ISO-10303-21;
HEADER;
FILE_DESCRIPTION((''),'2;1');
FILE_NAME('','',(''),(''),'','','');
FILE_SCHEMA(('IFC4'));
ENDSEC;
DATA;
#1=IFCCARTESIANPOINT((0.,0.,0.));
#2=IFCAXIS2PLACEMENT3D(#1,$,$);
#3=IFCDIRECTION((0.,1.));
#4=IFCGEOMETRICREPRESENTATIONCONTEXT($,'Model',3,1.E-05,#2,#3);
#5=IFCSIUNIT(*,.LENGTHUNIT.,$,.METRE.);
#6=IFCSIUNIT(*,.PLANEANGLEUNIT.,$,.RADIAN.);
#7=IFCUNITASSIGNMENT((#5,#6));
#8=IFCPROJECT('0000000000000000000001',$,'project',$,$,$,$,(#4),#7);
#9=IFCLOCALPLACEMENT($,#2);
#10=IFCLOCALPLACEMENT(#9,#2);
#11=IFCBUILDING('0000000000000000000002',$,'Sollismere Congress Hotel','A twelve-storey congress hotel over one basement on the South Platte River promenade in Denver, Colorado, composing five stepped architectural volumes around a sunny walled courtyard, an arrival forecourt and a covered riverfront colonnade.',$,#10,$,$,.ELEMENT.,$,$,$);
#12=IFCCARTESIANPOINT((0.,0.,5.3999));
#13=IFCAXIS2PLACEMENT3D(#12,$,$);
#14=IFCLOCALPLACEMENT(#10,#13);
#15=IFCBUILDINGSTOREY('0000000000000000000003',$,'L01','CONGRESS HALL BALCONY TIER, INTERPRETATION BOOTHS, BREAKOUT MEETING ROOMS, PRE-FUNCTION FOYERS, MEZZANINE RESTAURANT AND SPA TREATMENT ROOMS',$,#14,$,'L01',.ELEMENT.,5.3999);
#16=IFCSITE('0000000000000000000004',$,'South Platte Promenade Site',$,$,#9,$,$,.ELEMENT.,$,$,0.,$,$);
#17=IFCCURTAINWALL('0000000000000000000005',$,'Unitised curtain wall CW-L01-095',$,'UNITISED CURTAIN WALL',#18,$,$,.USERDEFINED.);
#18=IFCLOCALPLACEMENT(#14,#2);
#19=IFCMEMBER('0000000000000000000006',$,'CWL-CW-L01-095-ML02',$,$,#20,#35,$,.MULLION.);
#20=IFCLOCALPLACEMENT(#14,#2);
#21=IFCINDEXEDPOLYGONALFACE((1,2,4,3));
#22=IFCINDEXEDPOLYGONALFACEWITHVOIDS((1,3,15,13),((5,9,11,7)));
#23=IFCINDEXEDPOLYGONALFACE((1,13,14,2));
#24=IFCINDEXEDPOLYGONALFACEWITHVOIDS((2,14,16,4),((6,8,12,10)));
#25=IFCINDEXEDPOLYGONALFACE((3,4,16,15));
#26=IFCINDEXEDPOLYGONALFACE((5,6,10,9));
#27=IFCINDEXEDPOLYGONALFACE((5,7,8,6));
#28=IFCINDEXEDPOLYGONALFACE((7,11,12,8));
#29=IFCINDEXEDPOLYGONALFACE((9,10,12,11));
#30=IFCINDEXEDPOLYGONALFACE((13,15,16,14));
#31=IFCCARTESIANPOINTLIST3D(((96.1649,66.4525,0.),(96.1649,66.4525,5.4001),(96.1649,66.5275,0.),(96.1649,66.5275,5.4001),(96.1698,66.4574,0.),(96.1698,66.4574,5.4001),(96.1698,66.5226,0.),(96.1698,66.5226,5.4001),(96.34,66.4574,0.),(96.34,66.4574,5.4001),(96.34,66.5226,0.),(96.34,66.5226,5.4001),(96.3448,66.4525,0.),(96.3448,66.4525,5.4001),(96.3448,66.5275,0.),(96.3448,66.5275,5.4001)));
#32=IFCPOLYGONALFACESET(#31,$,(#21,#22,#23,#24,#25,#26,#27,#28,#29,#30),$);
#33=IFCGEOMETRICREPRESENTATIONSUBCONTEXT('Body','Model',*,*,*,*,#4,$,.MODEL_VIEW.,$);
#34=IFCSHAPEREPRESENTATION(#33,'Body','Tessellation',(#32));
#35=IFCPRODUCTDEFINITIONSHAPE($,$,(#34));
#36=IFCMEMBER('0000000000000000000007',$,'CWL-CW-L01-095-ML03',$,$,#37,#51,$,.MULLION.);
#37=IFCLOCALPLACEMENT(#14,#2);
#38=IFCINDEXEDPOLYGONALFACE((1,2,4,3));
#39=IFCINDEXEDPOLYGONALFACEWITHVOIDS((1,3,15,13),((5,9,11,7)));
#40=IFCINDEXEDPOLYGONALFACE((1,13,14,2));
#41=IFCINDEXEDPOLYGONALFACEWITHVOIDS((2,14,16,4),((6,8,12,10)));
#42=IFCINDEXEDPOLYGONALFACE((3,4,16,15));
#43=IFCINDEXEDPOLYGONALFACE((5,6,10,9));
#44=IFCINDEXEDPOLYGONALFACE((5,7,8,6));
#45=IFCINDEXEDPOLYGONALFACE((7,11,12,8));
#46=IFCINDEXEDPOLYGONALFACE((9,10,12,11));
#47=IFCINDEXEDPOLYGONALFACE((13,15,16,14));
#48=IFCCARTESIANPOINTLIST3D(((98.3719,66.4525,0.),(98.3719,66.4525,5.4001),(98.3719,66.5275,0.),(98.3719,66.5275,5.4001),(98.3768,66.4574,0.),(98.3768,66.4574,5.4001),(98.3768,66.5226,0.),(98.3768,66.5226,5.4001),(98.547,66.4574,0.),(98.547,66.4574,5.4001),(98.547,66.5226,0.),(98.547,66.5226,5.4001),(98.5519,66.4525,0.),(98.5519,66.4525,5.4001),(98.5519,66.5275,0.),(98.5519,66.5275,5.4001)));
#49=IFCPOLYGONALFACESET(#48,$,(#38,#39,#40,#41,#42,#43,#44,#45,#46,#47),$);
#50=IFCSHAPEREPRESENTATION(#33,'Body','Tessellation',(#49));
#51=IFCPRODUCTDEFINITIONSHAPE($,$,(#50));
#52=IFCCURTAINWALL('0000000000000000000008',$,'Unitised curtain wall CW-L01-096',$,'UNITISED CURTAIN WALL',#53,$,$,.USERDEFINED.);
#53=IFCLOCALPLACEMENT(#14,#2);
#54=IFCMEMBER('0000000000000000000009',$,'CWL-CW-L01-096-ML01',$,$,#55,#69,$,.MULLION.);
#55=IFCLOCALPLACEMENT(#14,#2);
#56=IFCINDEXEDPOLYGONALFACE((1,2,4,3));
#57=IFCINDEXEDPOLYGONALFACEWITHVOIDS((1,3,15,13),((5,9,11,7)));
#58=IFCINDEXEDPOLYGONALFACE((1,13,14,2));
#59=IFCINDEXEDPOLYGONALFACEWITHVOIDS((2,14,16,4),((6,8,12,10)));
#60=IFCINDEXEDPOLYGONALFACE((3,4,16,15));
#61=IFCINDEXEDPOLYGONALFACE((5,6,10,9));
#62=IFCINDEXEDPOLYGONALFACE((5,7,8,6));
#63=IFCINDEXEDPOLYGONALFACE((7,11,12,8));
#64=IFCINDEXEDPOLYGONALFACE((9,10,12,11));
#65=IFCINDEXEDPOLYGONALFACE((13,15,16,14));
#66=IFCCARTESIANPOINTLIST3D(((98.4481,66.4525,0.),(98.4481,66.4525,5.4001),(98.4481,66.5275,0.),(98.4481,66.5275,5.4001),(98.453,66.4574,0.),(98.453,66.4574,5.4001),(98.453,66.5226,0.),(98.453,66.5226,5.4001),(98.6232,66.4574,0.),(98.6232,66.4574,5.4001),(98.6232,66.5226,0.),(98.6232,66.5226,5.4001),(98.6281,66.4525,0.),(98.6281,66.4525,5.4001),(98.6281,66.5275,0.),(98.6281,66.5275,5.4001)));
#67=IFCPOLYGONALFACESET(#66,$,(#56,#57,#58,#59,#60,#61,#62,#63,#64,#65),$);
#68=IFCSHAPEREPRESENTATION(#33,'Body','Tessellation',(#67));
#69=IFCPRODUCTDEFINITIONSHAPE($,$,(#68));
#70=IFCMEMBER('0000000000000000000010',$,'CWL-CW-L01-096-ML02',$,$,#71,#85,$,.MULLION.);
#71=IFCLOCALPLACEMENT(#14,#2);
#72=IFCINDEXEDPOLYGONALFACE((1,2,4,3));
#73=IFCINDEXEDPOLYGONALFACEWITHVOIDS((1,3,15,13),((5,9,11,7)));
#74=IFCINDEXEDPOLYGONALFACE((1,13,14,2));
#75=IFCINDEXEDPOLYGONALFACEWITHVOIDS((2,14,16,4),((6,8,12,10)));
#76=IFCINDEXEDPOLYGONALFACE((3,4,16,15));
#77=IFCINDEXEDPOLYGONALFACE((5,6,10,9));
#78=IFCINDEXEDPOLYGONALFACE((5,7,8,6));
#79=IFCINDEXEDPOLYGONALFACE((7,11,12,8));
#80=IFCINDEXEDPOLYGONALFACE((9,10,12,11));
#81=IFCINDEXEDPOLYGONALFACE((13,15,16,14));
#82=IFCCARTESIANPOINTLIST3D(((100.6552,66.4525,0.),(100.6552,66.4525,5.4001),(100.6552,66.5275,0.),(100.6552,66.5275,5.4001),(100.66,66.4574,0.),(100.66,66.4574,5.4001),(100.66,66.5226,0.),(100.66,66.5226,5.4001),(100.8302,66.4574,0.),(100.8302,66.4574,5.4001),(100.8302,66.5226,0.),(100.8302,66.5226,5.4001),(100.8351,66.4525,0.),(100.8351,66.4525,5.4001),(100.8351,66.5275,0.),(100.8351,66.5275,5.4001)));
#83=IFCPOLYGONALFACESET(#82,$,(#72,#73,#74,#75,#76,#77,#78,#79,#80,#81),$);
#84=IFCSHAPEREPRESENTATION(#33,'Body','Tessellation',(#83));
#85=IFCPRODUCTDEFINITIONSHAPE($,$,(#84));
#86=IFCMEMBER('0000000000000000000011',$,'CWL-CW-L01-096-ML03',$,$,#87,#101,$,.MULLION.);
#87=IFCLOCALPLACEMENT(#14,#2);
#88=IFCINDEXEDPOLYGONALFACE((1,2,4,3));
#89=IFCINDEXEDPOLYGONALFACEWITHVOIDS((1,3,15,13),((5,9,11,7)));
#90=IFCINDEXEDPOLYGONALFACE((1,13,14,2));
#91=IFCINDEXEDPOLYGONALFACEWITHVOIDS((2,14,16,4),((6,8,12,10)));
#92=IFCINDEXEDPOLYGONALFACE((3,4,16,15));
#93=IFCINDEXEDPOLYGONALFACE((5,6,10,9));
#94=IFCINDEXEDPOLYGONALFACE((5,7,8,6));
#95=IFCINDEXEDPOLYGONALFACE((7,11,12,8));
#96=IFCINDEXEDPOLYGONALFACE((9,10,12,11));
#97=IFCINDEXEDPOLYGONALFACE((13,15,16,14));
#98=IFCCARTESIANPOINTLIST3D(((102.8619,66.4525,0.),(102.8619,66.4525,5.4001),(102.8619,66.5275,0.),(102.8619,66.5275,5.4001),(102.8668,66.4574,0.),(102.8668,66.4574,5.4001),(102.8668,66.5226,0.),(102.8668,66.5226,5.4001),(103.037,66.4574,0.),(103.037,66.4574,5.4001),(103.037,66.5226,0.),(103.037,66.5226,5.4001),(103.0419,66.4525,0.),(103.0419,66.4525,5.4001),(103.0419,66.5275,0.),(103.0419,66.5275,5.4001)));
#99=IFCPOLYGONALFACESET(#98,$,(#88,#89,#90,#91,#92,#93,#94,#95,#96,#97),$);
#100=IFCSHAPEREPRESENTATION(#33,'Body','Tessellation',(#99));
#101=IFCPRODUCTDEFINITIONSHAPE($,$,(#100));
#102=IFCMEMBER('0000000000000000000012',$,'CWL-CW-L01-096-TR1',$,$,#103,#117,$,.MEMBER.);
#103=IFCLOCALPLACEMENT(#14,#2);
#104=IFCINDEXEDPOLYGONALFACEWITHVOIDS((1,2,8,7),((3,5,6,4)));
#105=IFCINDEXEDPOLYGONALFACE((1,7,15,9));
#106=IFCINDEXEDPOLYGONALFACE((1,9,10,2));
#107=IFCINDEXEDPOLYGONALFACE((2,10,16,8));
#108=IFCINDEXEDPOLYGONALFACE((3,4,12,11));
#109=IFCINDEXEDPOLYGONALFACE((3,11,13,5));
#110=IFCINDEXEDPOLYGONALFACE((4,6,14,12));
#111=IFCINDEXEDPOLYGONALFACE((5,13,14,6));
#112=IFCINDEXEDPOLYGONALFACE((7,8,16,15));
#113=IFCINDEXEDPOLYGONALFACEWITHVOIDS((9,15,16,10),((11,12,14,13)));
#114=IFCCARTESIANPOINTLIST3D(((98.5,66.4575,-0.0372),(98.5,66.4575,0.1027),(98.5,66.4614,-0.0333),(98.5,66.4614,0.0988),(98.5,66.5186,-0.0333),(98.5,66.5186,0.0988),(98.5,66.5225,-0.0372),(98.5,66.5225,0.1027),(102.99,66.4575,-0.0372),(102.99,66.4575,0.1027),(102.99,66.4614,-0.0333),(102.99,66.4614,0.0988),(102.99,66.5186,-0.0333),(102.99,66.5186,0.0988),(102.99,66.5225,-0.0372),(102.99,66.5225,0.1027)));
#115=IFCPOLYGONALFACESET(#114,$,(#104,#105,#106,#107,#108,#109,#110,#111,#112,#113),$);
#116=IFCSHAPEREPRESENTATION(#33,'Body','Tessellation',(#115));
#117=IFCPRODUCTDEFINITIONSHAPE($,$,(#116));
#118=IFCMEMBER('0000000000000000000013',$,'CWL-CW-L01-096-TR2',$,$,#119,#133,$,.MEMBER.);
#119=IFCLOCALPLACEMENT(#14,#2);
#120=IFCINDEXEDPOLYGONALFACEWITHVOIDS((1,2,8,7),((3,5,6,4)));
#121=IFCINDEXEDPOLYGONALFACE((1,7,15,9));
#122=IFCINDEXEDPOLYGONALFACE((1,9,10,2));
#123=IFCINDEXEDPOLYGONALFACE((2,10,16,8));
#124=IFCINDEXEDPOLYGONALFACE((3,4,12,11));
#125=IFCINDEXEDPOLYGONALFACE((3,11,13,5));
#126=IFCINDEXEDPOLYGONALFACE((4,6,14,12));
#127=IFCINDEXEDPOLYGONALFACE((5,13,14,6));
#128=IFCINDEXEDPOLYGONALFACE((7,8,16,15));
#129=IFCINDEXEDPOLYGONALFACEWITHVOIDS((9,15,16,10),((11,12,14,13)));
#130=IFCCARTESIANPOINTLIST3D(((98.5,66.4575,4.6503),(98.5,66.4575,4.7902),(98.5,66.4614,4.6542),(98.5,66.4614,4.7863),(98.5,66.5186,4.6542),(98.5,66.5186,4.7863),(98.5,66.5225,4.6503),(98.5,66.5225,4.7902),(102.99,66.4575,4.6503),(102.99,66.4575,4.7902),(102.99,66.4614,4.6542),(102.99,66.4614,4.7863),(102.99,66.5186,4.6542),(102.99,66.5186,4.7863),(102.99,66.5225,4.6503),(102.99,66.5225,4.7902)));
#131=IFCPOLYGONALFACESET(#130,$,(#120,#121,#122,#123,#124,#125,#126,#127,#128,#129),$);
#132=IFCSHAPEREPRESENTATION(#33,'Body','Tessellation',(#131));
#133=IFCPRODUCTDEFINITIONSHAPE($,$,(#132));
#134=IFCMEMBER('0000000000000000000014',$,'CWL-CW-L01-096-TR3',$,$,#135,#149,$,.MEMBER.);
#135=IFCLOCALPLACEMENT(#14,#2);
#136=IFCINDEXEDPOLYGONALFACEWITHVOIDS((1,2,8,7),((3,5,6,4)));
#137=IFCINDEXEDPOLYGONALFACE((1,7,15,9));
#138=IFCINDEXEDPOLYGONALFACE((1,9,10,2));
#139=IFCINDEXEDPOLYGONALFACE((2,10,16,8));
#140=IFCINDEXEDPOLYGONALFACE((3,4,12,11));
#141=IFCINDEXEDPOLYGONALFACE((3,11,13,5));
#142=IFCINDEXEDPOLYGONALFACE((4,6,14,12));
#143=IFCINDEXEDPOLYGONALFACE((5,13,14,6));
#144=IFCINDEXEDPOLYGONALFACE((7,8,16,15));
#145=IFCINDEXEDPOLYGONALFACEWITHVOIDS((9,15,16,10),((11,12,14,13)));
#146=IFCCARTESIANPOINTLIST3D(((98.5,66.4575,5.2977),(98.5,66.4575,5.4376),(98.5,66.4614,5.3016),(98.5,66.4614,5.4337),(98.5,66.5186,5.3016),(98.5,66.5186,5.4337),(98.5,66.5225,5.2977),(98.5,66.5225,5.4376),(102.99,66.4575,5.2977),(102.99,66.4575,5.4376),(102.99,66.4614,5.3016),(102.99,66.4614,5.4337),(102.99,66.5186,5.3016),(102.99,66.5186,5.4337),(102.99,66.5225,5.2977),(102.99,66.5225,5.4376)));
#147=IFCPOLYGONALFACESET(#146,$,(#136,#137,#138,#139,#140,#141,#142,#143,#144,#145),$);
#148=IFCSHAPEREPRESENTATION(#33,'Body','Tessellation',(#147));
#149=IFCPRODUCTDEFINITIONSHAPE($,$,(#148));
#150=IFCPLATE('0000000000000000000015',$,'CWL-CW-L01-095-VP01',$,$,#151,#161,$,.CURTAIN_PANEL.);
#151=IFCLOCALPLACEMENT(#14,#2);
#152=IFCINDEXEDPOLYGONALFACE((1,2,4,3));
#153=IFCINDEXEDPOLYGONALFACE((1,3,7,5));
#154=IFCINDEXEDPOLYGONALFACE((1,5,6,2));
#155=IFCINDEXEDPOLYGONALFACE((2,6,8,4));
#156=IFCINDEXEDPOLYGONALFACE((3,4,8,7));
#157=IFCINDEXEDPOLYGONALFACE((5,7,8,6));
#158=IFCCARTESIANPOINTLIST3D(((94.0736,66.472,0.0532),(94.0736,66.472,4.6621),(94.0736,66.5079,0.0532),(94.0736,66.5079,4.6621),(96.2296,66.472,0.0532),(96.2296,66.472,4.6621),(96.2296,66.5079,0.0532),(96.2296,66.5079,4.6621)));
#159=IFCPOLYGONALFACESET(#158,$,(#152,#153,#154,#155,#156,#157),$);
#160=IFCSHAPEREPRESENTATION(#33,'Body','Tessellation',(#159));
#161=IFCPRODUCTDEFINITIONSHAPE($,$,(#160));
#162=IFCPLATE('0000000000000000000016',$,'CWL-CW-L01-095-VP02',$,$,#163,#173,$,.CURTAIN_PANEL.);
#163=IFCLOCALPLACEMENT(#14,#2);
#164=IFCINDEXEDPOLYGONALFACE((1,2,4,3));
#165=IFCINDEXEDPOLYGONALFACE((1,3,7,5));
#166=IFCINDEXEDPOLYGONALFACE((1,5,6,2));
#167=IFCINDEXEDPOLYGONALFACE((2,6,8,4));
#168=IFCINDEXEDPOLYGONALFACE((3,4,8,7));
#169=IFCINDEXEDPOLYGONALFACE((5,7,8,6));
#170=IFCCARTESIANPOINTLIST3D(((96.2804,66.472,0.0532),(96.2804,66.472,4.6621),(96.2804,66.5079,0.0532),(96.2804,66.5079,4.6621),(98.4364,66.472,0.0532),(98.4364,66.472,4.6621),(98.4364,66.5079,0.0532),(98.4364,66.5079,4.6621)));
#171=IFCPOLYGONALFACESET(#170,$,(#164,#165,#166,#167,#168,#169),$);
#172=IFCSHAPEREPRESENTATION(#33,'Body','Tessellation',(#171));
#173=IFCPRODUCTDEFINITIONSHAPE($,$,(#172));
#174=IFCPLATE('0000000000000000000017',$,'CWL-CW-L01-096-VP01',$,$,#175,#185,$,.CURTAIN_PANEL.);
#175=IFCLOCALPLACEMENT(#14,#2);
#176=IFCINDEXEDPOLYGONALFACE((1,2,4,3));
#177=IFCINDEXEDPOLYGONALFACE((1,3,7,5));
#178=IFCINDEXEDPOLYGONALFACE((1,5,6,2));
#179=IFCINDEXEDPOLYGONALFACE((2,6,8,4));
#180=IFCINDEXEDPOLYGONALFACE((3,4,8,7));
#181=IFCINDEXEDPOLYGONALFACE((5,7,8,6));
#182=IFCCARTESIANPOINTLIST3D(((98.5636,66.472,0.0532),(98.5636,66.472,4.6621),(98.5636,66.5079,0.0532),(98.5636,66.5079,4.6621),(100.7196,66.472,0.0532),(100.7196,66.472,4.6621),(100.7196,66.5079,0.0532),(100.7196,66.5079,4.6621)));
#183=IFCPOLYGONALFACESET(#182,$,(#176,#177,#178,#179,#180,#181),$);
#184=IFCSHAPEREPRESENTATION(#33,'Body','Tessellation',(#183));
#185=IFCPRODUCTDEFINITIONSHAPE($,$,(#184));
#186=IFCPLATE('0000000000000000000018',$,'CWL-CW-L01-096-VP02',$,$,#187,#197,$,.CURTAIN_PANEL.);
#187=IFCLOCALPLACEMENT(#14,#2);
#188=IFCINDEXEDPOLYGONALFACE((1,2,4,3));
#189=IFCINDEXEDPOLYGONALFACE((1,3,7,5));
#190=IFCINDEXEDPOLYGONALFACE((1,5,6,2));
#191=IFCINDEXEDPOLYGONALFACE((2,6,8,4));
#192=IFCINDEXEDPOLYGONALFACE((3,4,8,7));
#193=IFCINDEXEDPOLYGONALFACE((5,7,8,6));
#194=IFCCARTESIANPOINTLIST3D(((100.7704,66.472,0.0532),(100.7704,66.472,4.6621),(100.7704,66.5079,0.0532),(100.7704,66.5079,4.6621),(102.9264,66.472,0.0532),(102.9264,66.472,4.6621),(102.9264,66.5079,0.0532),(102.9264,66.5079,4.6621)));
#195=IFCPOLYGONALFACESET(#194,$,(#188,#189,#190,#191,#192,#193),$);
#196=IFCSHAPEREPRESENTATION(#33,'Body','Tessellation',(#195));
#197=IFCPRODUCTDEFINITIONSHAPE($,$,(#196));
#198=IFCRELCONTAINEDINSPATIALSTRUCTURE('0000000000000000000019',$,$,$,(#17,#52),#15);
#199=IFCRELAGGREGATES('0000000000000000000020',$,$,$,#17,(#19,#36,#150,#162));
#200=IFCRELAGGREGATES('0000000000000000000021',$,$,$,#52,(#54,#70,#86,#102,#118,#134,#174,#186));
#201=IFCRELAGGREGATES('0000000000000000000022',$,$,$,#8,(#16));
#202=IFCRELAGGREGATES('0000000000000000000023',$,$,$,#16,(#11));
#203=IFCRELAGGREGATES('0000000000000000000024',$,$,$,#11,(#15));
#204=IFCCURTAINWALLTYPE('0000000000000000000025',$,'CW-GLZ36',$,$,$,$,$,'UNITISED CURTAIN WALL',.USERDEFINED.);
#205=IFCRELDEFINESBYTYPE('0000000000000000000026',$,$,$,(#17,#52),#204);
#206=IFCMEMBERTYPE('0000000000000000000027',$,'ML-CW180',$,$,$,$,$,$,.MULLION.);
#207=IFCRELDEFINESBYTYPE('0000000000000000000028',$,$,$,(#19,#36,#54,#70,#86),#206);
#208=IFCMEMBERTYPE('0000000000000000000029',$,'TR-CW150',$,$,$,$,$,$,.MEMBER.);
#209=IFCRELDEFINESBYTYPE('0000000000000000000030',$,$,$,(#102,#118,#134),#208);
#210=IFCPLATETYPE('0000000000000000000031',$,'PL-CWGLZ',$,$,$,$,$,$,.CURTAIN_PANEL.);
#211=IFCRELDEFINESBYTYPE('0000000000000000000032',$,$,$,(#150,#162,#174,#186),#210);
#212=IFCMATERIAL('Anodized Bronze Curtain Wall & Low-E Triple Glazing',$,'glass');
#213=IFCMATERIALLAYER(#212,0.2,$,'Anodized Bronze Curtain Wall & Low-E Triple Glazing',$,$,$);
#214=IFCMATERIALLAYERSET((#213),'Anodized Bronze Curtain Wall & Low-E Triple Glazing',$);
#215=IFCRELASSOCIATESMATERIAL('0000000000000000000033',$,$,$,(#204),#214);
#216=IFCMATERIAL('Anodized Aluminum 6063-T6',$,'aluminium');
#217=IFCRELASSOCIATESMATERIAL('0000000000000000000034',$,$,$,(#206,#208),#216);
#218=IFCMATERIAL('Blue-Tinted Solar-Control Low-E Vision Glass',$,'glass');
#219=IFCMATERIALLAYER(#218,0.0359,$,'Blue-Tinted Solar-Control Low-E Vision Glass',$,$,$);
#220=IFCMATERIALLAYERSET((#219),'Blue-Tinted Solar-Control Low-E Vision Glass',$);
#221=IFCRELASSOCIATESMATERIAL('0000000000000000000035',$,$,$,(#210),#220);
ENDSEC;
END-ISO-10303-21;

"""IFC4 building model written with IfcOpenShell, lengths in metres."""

from ifc_helpers import new_model, si_unit, direction, frame, origin, origin_2d, place, context, subcontext, project, spatial, rectangle, hollow_rectangle, extrude, material, layer, layer_set, material_profile, profile_set, type_object, element, aggregate, save


model = new_model("IFC4")

# Units and contexts
model_context = context("Model", 3, precision=1e-05, world=origin(), true_north=direction((0.0, 1.0)))
body_context = subcontext(model_context, "Body", "Model", "MODEL_VIEW")
ifc_project = project(units=[si_unit("LENGTHUNIT", "METRE"), si_unit("PLANEANGLEUNIT", "RADIAN")], contexts=[model_context])

# Site, building, storey
site_placement = place(None, origin())
site = spatial("IfcSite", under=ifc_project, at=site_placement, Name="South Platte Promenade Site", CompositionType="ELEMENT", RefElevation=0.0)
building_placement = place(site_placement, origin())
building = spatial("IfcBuilding", under=site, at=building_placement, Name="Sollismere Congress Hotel", Description="A twelve-storey congress hotel over one basement on the South Platte River promenade in Denver, Colorado, composing five stepped architectural volumes around a sunny walled courtyard, an arrival forecourt and a covered riverfront colonnade.", CompositionType="ELEMENT")
storey_placement = place(building_placement, frame((0.0, 0.0, 5.3999)))
storey = spatial("IfcBuildingStorey", under=building, at=storey_placement, Name="L01", Description="CONGRESS HALL BALCONY TIER, INTERPRETATION BOOTHS, BREAKOUT MEETING ROOMS, PRE-FUNCTION FOYERS, MEZZANINE RESTAURANT AND SPA TREATMENT ROOMS", LongName="L01", CompositionType="ELEMENT", Elevation=5.3999)

# Curtain walls, members
ifc_material_1 = material(Name="Anodized Bronze Curtain Wall & Low-E Triple Glazing", Category="glass")
ifc_layer_1 = layer(ifc_material_1, 0.2, Name="Anodized Bronze Curtain Wall & Low-E Triple Glazing")
ifc_layer_set_1 = layer_set([ifc_layer_1], Name="Anodized Bronze Curtain Wall & Low-E Triple Glazing")
curtain_wall_type = type_object("IfcCurtainWallType", Name="CW-GLZ36", ElementType="UNITISED CURTAIN WALL", PredefinedType="USERDEFINED", material=ifc_layer_set_1)
curtain_wall_1_placement = place(storey_placement, origin())
curtain_wall_1 = element("IfcCurtainWall", 1, at=curtain_wall_1_placement, inside=storey, type_object=curtain_wall_type, Name="Unitised curtain wall CW-L01-095", ObjectType="UNITISED CURTAIN WALL", PredefinedType="USERDEFINED")
ifc_material_2 = material(Name="Anodized Aluminum 6063-T6", Category="aluminium")
ifc_material_profile_1 = material_profile(ifc_material_2, hollow_rectangle(XDim=0.075, YDim=0.1799, WallThickness=0.0049, at=origin_2d()), Name="ALU180X75X5")
ifc_profile_set_1 = profile_set([ifc_material_profile_1], Name="Anodized Aluminum 6063-T6")
member_type_1 = type_object("IfcMemberType", Name="ML-CW180", PredefinedType="MULLION", material=ifc_profile_set_1)
member_1_placement = place(storey_placement, frame((96.2549, 66.49, 0.0), z_axis=(0.0, 0.0, 1.0), x_axis=(0.0, 1.0, 0.0)))
member_1 = element("IfcMember", 2, at=member_1_placement, type_object=member_type_1, Name="CWL-CW-L01-095-ML02", PredefinedType="MULLION", context=body_context, shape_type="SweptSolid", body=[
    extrude(hollow_rectangle(XDim=0.075, YDim=0.1799, WallThickness=0.0049, at=origin_2d()), origin(), (0.0, 0.0, 1.0), 5.4001),
])
member_2_placement = place(storey_placement, frame((98.4619, 66.49, 0.0), z_axis=(0.0, 0.0, 1.0), x_axis=(0.0, 1.0, 0.0)))
member_2 = element("IfcMember", 3, at=member_2_placement, type_object=member_type_1, Name="CWL-CW-L01-095-ML03", PredefinedType="MULLION", context=body_context, shape_type="SweptSolid", body=[
    extrude(hollow_rectangle(XDim=0.075, YDim=0.1799, WallThickness=0.0049, at=origin_2d()), origin(), (0.0, 0.0, 1.0), 5.4001),
])
curtain_wall_2_placement = place(storey_placement, origin())
curtain_wall_2 = element("IfcCurtainWall", 4, at=curtain_wall_2_placement, inside=storey, type_object=curtain_wall_type, Name="Unitised curtain wall CW-L01-096", ObjectType="UNITISED CURTAIN WALL", PredefinedType="USERDEFINED")
member_3_placement = place(storey_placement, frame((98.5381, 66.49, 0.0), z_axis=(0.0, 0.0, 1.0), x_axis=(0.0, 1.0, 0.0)))
member_3 = element("IfcMember", 5, at=member_3_placement, type_object=member_type_1, Name="CWL-CW-L01-096-ML01", PredefinedType="MULLION", context=body_context, shape_type="SweptSolid", body=[
    extrude(hollow_rectangle(XDim=0.075, YDim=0.1799, WallThickness=0.0049, at=origin_2d()), origin(), (0.0, 0.0, 1.0), 5.4001),
])
member_4_placement = place(storey_placement, frame((100.7451, 66.49, 0.0), z_axis=(0.0, 0.0, 1.0), x_axis=(0.0, 1.0, 0.0)))
member_4 = element("IfcMember", 6, at=member_4_placement, type_object=member_type_1, Name="CWL-CW-L01-096-ML02", PredefinedType="MULLION", context=body_context, shape_type="SweptSolid", body=[
    extrude(hollow_rectangle(XDim=0.075, YDim=0.1799, WallThickness=0.0049, at=origin_2d()), origin(), (0.0, 0.0, 1.0), 5.4001),
])
member_5_placement = place(storey_placement, frame((102.9519, 66.49, 0.0), z_axis=(0.0, 0.0, 1.0), x_axis=(0.0, 1.0, 0.0)))
member_5 = element("IfcMember", 7, at=member_5_placement, type_object=member_type_1, Name="CWL-CW-L01-096-ML03", PredefinedType="MULLION", context=body_context, shape_type="SweptSolid", body=[
    extrude(hollow_rectangle(XDim=0.075, YDim=0.1799, WallThickness=0.0049, at=origin_2d()), origin(), (0.0, 0.0, 1.0), 5.4001),
])
ifc_material_profile_2 = material_profile(ifc_material_2, hollow_rectangle(XDim=0.0649, YDim=0.1399, WallThickness=0.0039, at=origin_2d()), Name="ALU140X65X4")
ifc_profile_set_2 = profile_set([ifc_material_profile_2], Name="Anodized Aluminum 6063-T6")
member_type_2 = type_object("IfcMemberType", Name="TR-CW150", PredefinedType="MEMBER", material=ifc_profile_set_2)
member_6_placement = place(storey_placement, frame((98.5, 66.49, 0.0327), z_axis=(1.0, 0.0, 0.0), x_axis=(0.0, 1.0, 0.0)))
member_6 = element("IfcMember", 8, at=member_6_placement, type_object=member_type_2, Name="CWL-CW-L01-096-TR1", PredefinedType="MEMBER", context=body_context, shape_type="SweptSolid", body=[
    extrude(hollow_rectangle(XDim=0.0649, YDim=0.1399, WallThickness=0.0039, at=origin_2d()), origin(), (0.0, 0.0, 1.0), 4.49),
])
member_7_placement = place(storey_placement, frame((98.5, 66.49, 4.7202), z_axis=(1.0, 0.0, 0.0), x_axis=(0.0, 1.0, 0.0)))
member_7 = element("IfcMember", 9, at=member_7_placement, type_object=member_type_2, Name="CWL-CW-L01-096-TR2", PredefinedType="MEMBER", context=body_context, shape_type="SweptSolid", body=[
    extrude(hollow_rectangle(XDim=0.0649, YDim=0.1399, WallThickness=0.0039, at=origin_2d()), origin(), (0.0, 0.0, 1.0), 4.49),
])
member_8_placement = place(storey_placement, frame((98.5, 66.49, 5.3677), z_axis=(1.0, 0.0, 0.0), x_axis=(0.0, 1.0, 0.0)))
member_8 = element("IfcMember", 10, at=member_8_placement, type_object=member_type_2, Name="CWL-CW-L01-096-TR3", PredefinedType="MEMBER", context=body_context, shape_type="SweptSolid", body=[
    extrude(hollow_rectangle(XDim=0.0649, YDim=0.1399, WallThickness=0.0039, at=origin_2d()), origin(), (0.0, 0.0, 1.0), 4.49),
])

# Plates
ifc_material_3 = material(Name="Blue-Tinted Solar-Control Low-E Vision Glass", Category="glass")
ifc_layer_2 = layer(ifc_material_3, 0.0359, Name="Blue-Tinted Solar-Control Low-E Vision Glass")
ifc_layer_set_2 = layer_set([ifc_layer_2], Name="Blue-Tinted Solar-Control Low-E Vision Glass")
plate_type_1 = type_object("IfcPlateType", Name="PL-CWGLZ", PredefinedType="CURTAIN_PANEL", material=ifc_layer_set_2)
plate_1_placement = place(storey_placement, frame((95.1516, 66.49, 0.0532), z_axis=(0.0, 0.0, 1.0), x_axis=(1.0, 0.0, 0.0)))
plate_1 = element("IfcPlate", 11, at=plate_1_placement, type_object=plate_type_1, Name="CWL-CW-L01-095-VP01", PredefinedType="CURTAIN_PANEL", context=body_context, shape_type="SweptSolid", body=[
    extrude(rectangle(XDim=2.156, YDim=0.0359, at=origin_2d()), origin(), (0.0, 0.0, 1.0), 4.6089),
])
plate_2_placement = place(storey_placement, frame((97.3584, 66.49, 0.0532), z_axis=(0.0, 0.0, 1.0), x_axis=(1.0, 0.0, 0.0)))
plate_2 = element("IfcPlate", 12, at=plate_2_placement, type_object=plate_type_1, Name="CWL-CW-L01-095-VP02", PredefinedType="CURTAIN_PANEL", context=body_context, shape_type="SweptSolid", body=[
    extrude(rectangle(XDim=2.156, YDim=0.0359, at=origin_2d()), origin(), (0.0, 0.0, 1.0), 4.6089),
])
plate_3_placement = place(storey_placement, frame((99.6416, 66.49, 0.0532), z_axis=(0.0, 0.0, 1.0), x_axis=(1.0, 0.0, 0.0)))
plate_3 = element("IfcPlate", 13, at=plate_3_placement, type_object=plate_type_1, Name="CWL-CW-L01-096-VP01", PredefinedType="CURTAIN_PANEL", context=body_context, shape_type="SweptSolid", body=[
    extrude(rectangle(XDim=2.156, YDim=0.0359, at=origin_2d()), origin(), (0.0, 0.0, 1.0), 4.6089),
])
plate_4_placement = place(storey_placement, frame((101.8484, 66.49, 0.0532), z_axis=(0.0, 0.0, 1.0), x_axis=(1.0, 0.0, 0.0)))
plate_4 = element("IfcPlate", 14, at=plate_4_placement, type_object=plate_type_1, Name="CWL-CW-L01-096-VP02", PredefinedType="CURTAIN_PANEL", context=body_context, shape_type="SweptSolid", body=[
    extrude(rectangle(XDim=2.156, YDim=0.0359, at=origin_2d()), origin(), (0.0, 0.0, 1.0), 4.6089),
])
aggregate(curtain_wall_1, [member_1, member_2, plate_1, plate_2])
aggregate(curtain_wall_2, [member_3, member_4, member_5, member_6, member_7, member_8, plate_3, plate_4])

save(model, "model.ifc")
